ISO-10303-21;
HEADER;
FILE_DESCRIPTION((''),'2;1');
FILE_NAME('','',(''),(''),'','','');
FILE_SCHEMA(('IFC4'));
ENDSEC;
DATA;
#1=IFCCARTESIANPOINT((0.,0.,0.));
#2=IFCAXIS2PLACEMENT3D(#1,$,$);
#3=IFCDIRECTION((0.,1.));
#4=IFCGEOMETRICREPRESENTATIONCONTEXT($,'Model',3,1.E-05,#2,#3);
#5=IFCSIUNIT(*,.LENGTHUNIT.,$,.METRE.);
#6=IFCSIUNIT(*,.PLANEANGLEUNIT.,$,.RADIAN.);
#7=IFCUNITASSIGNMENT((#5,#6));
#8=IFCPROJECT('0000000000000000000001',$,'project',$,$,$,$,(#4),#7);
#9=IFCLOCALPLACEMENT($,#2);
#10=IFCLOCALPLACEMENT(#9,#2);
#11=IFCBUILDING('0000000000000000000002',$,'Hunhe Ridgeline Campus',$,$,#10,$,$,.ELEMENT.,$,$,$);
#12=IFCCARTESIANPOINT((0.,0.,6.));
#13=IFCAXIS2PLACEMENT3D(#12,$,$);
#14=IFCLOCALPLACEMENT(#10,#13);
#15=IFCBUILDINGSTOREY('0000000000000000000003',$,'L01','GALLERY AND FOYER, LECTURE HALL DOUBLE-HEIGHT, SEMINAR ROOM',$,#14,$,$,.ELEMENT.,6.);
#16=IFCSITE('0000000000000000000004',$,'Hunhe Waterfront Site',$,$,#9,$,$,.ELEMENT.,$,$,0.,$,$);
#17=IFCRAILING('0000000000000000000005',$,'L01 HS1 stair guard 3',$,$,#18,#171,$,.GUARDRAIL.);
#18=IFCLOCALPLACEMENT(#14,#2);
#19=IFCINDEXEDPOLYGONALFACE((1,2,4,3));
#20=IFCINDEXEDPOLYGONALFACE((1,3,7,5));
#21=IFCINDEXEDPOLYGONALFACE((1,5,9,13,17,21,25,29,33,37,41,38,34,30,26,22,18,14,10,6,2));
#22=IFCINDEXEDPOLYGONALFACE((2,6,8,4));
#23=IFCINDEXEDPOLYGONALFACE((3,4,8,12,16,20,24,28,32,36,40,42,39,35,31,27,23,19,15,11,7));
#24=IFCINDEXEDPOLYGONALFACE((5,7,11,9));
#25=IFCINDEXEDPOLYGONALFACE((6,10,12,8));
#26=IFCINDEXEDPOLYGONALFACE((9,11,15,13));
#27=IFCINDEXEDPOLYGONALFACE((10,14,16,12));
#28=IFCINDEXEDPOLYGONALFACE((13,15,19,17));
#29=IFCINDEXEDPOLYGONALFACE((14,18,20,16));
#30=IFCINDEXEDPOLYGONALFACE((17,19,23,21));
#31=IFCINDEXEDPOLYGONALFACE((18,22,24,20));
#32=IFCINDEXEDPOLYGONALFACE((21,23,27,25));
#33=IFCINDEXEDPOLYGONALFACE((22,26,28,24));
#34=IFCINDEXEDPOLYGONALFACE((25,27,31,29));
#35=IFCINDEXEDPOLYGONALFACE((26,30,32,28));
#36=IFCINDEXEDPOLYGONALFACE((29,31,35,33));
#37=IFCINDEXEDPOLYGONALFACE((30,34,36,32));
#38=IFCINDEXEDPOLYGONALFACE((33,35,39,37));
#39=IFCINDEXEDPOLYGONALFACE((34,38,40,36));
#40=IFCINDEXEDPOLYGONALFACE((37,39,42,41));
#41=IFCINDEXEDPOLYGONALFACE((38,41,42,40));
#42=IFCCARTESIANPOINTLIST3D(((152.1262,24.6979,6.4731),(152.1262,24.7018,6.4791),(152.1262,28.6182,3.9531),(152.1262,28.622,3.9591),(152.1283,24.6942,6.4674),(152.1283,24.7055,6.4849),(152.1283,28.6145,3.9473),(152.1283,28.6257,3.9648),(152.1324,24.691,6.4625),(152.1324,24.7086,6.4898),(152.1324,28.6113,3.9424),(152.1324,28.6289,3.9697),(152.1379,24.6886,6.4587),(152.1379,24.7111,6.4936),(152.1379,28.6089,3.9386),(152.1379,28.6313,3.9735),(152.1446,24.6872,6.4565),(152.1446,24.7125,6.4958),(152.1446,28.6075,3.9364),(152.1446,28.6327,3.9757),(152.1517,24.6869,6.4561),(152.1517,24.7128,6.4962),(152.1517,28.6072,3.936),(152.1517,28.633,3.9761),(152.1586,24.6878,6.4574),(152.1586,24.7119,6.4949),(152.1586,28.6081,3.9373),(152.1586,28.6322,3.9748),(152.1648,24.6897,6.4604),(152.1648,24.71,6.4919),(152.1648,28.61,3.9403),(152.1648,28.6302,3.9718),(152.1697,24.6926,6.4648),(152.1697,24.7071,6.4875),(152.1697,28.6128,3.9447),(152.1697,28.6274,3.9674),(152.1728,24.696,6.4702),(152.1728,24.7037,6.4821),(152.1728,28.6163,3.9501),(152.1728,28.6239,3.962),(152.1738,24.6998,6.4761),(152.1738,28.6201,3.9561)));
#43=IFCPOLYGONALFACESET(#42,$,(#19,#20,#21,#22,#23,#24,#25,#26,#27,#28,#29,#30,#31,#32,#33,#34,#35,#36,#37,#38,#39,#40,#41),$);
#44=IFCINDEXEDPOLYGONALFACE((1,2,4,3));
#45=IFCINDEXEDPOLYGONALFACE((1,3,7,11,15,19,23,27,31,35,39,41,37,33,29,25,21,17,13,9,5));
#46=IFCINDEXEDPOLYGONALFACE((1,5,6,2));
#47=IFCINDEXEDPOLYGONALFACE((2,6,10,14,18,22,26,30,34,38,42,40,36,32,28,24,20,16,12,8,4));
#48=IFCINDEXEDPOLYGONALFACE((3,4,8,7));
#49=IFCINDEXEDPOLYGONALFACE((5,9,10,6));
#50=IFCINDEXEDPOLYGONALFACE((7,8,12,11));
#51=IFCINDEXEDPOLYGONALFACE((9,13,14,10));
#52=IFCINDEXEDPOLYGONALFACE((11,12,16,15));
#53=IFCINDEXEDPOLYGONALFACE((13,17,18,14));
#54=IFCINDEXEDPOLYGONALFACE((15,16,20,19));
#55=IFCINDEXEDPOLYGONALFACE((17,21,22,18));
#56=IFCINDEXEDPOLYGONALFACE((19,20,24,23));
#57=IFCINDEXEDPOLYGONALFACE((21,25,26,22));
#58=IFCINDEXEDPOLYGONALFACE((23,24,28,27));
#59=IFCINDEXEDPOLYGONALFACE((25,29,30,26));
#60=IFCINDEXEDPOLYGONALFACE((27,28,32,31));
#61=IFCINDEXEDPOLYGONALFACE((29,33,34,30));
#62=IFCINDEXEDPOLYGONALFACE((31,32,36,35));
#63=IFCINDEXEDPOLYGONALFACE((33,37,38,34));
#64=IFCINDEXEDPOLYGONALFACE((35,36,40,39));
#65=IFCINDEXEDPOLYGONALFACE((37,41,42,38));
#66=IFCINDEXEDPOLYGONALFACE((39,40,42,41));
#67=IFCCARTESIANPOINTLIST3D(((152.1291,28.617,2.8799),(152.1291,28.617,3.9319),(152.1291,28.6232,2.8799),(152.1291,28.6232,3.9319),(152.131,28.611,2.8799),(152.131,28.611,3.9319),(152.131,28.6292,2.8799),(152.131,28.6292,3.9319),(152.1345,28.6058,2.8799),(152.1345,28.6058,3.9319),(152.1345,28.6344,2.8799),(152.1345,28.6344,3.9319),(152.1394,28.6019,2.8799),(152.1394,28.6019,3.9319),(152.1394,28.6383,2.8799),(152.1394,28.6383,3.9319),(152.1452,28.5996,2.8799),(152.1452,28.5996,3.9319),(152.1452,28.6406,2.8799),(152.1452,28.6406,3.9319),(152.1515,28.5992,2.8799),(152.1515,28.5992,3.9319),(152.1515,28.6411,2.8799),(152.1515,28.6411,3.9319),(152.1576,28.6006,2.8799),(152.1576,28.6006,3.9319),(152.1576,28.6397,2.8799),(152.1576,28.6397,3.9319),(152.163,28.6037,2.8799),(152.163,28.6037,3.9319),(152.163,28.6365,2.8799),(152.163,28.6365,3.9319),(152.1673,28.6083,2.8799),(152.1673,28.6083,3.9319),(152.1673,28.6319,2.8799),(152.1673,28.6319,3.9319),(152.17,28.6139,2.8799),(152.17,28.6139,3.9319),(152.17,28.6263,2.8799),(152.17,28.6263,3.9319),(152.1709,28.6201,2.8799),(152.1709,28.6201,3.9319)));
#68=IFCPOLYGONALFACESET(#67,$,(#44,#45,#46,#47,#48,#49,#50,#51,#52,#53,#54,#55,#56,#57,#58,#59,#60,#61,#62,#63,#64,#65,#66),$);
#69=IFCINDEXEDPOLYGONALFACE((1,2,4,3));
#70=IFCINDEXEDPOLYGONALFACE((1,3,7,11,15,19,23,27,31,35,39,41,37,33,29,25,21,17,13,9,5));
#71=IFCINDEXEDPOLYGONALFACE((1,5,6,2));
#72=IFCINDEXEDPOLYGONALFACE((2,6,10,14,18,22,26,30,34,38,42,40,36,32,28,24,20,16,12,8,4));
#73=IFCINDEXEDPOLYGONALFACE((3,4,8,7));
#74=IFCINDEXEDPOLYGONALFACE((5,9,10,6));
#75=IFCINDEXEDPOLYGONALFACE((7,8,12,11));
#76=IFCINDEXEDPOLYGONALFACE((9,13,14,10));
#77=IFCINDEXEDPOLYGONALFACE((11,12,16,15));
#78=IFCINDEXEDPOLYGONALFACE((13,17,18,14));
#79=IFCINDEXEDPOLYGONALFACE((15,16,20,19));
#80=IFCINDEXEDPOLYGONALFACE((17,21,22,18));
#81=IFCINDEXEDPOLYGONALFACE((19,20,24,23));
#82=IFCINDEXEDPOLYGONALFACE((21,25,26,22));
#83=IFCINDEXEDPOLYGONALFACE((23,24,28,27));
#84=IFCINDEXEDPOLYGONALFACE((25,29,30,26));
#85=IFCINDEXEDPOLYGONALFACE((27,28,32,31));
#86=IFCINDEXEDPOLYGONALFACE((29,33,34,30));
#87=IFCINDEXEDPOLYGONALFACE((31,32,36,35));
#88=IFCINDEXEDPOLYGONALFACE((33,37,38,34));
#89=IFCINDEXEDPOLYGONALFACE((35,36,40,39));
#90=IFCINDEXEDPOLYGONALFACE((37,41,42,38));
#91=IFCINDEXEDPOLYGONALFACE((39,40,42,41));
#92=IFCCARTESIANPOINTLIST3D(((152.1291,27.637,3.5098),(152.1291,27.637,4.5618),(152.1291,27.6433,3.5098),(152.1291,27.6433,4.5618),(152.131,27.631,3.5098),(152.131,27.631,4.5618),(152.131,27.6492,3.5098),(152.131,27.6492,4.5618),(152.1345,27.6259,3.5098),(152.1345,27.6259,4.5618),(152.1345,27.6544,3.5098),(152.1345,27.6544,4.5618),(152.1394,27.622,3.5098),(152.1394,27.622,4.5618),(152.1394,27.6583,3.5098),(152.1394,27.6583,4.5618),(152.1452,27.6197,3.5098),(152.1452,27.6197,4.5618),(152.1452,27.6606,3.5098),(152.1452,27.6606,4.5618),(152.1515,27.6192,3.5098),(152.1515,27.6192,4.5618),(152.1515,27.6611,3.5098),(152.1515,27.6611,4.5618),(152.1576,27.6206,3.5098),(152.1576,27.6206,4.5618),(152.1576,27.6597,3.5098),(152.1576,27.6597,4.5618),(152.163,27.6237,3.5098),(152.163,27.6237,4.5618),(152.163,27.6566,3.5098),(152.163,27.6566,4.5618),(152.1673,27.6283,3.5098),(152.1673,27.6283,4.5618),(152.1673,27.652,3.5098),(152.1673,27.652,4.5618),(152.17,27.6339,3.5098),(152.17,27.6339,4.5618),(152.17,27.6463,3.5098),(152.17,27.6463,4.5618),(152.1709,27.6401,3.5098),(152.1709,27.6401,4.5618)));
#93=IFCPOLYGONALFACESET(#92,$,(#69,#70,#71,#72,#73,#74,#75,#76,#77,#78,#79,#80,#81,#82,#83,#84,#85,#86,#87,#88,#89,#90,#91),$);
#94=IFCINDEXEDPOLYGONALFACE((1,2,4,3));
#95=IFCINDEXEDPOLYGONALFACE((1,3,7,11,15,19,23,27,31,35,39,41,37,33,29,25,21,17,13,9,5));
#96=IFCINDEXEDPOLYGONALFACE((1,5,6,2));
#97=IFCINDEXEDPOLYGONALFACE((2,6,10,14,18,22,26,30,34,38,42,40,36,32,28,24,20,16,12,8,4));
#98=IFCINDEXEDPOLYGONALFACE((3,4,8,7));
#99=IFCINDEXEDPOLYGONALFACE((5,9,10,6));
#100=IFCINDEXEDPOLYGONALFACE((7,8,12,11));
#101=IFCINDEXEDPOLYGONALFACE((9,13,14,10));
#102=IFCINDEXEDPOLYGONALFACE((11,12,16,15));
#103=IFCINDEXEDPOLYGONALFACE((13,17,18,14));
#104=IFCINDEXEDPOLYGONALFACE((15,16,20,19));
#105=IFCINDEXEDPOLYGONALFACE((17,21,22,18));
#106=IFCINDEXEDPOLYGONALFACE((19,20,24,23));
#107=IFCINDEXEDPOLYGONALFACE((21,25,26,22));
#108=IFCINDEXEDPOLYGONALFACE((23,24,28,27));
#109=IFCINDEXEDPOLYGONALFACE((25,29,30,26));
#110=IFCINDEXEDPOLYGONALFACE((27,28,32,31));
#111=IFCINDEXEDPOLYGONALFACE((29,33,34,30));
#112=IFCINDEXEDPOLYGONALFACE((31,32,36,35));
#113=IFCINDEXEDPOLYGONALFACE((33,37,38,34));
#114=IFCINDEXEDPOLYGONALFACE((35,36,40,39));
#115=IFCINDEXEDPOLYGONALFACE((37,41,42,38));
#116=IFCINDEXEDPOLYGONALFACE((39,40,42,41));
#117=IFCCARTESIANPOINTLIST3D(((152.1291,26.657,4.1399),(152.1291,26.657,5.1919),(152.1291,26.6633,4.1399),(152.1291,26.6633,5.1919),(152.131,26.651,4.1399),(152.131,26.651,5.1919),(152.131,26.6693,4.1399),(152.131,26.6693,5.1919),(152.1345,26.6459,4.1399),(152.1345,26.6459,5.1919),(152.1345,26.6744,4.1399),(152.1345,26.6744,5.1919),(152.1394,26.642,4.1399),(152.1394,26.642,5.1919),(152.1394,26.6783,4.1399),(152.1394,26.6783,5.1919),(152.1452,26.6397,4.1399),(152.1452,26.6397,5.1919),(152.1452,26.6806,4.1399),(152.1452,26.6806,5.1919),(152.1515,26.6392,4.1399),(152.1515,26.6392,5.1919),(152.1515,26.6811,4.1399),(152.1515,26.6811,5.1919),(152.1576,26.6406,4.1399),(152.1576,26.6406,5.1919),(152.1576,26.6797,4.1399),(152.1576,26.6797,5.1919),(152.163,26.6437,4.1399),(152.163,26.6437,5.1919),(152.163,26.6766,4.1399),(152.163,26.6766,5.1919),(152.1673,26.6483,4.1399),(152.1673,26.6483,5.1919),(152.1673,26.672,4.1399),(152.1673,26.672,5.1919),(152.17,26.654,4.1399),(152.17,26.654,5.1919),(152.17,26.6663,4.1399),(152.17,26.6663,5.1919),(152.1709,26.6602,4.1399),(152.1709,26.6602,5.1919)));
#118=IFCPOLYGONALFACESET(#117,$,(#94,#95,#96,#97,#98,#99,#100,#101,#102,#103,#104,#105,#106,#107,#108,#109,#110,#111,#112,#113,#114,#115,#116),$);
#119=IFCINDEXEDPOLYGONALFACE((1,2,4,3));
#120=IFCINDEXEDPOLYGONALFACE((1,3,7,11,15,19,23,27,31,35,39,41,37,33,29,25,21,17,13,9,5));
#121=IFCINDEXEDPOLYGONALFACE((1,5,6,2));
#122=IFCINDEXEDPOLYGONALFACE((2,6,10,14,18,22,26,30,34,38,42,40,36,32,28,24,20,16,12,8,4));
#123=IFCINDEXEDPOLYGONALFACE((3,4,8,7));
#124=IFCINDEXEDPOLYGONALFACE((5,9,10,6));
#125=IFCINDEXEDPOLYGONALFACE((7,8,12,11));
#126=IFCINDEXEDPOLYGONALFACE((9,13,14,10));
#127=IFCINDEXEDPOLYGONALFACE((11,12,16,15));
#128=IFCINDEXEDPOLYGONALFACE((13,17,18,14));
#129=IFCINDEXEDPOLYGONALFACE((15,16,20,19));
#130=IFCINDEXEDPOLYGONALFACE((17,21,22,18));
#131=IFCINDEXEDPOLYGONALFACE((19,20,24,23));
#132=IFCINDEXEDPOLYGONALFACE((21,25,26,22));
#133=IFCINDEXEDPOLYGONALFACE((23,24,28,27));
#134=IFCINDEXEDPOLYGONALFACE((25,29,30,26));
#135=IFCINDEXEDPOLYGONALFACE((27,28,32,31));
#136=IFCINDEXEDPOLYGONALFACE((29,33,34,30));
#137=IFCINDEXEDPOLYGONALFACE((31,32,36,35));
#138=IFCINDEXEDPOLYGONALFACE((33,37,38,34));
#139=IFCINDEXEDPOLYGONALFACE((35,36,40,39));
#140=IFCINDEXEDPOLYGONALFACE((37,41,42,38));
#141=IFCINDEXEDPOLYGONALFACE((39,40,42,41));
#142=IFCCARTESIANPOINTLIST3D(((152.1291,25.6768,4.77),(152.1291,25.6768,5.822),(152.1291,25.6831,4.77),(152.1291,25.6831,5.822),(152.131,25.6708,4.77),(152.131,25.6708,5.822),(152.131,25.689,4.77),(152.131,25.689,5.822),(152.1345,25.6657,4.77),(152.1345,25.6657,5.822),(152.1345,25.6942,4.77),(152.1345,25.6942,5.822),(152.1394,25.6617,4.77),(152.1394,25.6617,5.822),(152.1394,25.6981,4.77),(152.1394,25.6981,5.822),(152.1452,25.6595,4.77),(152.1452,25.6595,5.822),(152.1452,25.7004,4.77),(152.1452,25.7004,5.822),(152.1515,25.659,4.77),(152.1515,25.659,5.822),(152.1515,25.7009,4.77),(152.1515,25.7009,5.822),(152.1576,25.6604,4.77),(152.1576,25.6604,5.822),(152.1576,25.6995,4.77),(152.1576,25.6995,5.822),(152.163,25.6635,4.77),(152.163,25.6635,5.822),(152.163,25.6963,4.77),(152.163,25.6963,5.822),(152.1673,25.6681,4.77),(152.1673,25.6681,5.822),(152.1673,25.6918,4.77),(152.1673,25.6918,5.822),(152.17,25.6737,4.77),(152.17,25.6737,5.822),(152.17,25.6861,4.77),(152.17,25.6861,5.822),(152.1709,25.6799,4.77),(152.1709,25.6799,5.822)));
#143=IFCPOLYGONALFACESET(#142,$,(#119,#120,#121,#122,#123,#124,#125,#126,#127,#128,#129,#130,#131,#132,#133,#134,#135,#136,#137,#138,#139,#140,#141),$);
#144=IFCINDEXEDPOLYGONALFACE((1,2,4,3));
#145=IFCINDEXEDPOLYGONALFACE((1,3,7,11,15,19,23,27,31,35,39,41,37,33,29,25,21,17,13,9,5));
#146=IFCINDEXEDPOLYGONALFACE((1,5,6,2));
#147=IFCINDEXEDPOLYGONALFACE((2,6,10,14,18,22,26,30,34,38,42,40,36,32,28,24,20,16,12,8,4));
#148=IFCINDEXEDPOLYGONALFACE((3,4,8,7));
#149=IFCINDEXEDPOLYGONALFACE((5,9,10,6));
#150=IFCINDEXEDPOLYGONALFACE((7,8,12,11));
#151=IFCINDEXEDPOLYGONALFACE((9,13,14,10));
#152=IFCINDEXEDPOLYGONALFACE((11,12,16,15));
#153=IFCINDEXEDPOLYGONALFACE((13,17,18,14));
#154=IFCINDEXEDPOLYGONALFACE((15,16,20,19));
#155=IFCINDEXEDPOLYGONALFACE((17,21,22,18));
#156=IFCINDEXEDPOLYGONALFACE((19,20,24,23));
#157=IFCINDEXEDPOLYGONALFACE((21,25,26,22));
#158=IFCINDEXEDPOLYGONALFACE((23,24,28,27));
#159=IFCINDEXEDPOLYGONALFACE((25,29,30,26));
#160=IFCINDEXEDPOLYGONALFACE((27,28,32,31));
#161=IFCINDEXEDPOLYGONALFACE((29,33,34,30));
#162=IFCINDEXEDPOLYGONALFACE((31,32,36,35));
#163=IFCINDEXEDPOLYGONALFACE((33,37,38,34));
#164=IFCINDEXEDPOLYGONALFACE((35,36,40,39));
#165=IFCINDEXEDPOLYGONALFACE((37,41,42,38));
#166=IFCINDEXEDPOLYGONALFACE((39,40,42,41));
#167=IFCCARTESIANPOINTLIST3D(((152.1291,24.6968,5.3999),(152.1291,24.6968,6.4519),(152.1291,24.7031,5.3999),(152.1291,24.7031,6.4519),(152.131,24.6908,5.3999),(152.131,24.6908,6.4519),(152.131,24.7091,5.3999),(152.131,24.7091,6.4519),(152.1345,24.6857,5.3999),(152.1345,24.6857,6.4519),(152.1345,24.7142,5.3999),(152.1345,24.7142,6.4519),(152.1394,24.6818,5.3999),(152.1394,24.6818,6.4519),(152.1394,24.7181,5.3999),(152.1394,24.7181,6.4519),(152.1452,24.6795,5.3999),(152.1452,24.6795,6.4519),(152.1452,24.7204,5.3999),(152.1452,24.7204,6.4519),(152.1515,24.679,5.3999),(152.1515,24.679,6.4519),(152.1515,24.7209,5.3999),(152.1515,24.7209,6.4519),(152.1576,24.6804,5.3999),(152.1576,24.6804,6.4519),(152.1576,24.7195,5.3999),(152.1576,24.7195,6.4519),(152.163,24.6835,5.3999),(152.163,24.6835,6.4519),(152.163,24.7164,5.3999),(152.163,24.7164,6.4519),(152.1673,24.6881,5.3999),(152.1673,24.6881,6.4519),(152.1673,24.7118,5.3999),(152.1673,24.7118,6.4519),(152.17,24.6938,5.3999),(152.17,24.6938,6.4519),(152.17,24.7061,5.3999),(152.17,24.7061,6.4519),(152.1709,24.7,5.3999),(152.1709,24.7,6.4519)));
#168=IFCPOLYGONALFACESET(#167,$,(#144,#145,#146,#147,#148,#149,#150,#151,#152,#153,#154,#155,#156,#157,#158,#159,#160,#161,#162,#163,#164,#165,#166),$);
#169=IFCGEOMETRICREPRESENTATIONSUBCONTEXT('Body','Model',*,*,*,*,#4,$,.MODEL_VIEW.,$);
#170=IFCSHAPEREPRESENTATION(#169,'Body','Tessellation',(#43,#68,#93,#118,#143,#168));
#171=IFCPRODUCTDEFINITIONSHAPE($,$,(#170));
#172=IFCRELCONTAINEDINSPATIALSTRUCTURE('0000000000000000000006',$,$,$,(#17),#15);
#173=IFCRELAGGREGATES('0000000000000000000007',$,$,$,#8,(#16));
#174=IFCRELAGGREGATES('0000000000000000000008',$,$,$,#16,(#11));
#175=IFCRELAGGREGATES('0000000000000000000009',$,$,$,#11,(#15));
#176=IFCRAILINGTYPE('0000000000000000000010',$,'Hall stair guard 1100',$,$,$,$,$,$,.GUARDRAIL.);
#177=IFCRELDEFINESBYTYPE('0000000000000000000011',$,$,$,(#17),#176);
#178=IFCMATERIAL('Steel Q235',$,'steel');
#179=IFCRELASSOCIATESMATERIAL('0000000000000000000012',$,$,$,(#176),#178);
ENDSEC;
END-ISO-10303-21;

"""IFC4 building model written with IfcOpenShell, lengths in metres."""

from ifc_helpers import new_model, si_unit, direction, frame, origin, origin_2d, place, context, subcontext, project, spatial, circle, extrude, material, type_object, element, save


model = new_model("IFC4")

# Units and contexts
model_context = context("Model", 3, precision=1e-05, world=origin(), true_north=direction((0.0, 1.0)))
body_context = subcontext(model_context, "Body", "Model", "MODEL_VIEW")
ifc_project = project(units=[si_unit("LENGTHUNIT", "METRE"), si_unit("PLANEANGLEUNIT", "RADIAN")], contexts=[model_context])

# Site, building, storey
site_placement = place(None, origin())
site = spatial("IfcSite", under=ifc_project, at=site_placement, Name="Hunhe Waterfront Site", CompositionType="ELEMENT", RefElevation=0.0)
building_placement = place(site_placement, origin())
building = spatial("IfcBuilding", under=site, at=building_placement, Name="Hunhe Ridgeline Campus", CompositionType="ELEMENT")
storey_placement = place(building_placement, frame((0.0, 0.0, 6.0)))
storey = spatial("IfcBuildingStorey", under=building, at=storey_placement, Name="L01", Description="GALLERY AND FOYER, LECTURE HALL DOUBLE-HEIGHT, SEMINAR ROOM", CompositionType="ELEMENT", Elevation=6.0)

# Shared definitions
ifc_material_1 = material(Name="Steel Q235", Category="steel")

# Railing
railing_type_1 = type_object("IfcRailingType", Name="Hall stair guard 1100", PredefinedType="GUARDRAIL", material=ifc_material_1)
railing_1_placement = place(storey_placement, frame((152.1499, 28.6201, 2.8799)))
element("IfcRailing", 1, at=railing_1_placement, inside=storey, type_object=railing_type_1, Name="L01 HS1 stair guard 3", PredefinedType="GUARDRAIL", context=body_context, shape_type="SweptSolid", body=[
    extrude(circle(Radius=0.0239, at=origin_2d()), frame((0.0, 0.0, 1.0762), z_axis=(0.0, -0.841187, 0.540744), x_axis=(1.0, 0.0, 0.0)), (0.0, 0.0, 1.0), 4.6604),
    extrude(circle(Radius=0.021, at=origin_2d()), origin(), (0.0, 0.0, 1.0), 1.052),
    extrude(circle(Radius=0.021, at=origin_2d()), frame((0.0, -0.98, 0.6299)), (0.0, 0.0, 1.0), 1.052),
    extrude(circle(Radius=0.021, at=origin_2d()), frame((0.0, -1.96, 1.26)), (0.0, 0.0, 1.0), 1.052),
    extrude(circle(Radius=0.021, at=origin_2d()), frame((0.0, -2.9402, 1.8901)), (0.0, 0.0, 1.0), 1.052),
    extrude(circle(Radius=0.021, at=origin_2d()), frame((0.0, -3.9202, 2.52)), (0.0, 0.0, 1.0), 1.052),
])

save(model, "model.ifc")
